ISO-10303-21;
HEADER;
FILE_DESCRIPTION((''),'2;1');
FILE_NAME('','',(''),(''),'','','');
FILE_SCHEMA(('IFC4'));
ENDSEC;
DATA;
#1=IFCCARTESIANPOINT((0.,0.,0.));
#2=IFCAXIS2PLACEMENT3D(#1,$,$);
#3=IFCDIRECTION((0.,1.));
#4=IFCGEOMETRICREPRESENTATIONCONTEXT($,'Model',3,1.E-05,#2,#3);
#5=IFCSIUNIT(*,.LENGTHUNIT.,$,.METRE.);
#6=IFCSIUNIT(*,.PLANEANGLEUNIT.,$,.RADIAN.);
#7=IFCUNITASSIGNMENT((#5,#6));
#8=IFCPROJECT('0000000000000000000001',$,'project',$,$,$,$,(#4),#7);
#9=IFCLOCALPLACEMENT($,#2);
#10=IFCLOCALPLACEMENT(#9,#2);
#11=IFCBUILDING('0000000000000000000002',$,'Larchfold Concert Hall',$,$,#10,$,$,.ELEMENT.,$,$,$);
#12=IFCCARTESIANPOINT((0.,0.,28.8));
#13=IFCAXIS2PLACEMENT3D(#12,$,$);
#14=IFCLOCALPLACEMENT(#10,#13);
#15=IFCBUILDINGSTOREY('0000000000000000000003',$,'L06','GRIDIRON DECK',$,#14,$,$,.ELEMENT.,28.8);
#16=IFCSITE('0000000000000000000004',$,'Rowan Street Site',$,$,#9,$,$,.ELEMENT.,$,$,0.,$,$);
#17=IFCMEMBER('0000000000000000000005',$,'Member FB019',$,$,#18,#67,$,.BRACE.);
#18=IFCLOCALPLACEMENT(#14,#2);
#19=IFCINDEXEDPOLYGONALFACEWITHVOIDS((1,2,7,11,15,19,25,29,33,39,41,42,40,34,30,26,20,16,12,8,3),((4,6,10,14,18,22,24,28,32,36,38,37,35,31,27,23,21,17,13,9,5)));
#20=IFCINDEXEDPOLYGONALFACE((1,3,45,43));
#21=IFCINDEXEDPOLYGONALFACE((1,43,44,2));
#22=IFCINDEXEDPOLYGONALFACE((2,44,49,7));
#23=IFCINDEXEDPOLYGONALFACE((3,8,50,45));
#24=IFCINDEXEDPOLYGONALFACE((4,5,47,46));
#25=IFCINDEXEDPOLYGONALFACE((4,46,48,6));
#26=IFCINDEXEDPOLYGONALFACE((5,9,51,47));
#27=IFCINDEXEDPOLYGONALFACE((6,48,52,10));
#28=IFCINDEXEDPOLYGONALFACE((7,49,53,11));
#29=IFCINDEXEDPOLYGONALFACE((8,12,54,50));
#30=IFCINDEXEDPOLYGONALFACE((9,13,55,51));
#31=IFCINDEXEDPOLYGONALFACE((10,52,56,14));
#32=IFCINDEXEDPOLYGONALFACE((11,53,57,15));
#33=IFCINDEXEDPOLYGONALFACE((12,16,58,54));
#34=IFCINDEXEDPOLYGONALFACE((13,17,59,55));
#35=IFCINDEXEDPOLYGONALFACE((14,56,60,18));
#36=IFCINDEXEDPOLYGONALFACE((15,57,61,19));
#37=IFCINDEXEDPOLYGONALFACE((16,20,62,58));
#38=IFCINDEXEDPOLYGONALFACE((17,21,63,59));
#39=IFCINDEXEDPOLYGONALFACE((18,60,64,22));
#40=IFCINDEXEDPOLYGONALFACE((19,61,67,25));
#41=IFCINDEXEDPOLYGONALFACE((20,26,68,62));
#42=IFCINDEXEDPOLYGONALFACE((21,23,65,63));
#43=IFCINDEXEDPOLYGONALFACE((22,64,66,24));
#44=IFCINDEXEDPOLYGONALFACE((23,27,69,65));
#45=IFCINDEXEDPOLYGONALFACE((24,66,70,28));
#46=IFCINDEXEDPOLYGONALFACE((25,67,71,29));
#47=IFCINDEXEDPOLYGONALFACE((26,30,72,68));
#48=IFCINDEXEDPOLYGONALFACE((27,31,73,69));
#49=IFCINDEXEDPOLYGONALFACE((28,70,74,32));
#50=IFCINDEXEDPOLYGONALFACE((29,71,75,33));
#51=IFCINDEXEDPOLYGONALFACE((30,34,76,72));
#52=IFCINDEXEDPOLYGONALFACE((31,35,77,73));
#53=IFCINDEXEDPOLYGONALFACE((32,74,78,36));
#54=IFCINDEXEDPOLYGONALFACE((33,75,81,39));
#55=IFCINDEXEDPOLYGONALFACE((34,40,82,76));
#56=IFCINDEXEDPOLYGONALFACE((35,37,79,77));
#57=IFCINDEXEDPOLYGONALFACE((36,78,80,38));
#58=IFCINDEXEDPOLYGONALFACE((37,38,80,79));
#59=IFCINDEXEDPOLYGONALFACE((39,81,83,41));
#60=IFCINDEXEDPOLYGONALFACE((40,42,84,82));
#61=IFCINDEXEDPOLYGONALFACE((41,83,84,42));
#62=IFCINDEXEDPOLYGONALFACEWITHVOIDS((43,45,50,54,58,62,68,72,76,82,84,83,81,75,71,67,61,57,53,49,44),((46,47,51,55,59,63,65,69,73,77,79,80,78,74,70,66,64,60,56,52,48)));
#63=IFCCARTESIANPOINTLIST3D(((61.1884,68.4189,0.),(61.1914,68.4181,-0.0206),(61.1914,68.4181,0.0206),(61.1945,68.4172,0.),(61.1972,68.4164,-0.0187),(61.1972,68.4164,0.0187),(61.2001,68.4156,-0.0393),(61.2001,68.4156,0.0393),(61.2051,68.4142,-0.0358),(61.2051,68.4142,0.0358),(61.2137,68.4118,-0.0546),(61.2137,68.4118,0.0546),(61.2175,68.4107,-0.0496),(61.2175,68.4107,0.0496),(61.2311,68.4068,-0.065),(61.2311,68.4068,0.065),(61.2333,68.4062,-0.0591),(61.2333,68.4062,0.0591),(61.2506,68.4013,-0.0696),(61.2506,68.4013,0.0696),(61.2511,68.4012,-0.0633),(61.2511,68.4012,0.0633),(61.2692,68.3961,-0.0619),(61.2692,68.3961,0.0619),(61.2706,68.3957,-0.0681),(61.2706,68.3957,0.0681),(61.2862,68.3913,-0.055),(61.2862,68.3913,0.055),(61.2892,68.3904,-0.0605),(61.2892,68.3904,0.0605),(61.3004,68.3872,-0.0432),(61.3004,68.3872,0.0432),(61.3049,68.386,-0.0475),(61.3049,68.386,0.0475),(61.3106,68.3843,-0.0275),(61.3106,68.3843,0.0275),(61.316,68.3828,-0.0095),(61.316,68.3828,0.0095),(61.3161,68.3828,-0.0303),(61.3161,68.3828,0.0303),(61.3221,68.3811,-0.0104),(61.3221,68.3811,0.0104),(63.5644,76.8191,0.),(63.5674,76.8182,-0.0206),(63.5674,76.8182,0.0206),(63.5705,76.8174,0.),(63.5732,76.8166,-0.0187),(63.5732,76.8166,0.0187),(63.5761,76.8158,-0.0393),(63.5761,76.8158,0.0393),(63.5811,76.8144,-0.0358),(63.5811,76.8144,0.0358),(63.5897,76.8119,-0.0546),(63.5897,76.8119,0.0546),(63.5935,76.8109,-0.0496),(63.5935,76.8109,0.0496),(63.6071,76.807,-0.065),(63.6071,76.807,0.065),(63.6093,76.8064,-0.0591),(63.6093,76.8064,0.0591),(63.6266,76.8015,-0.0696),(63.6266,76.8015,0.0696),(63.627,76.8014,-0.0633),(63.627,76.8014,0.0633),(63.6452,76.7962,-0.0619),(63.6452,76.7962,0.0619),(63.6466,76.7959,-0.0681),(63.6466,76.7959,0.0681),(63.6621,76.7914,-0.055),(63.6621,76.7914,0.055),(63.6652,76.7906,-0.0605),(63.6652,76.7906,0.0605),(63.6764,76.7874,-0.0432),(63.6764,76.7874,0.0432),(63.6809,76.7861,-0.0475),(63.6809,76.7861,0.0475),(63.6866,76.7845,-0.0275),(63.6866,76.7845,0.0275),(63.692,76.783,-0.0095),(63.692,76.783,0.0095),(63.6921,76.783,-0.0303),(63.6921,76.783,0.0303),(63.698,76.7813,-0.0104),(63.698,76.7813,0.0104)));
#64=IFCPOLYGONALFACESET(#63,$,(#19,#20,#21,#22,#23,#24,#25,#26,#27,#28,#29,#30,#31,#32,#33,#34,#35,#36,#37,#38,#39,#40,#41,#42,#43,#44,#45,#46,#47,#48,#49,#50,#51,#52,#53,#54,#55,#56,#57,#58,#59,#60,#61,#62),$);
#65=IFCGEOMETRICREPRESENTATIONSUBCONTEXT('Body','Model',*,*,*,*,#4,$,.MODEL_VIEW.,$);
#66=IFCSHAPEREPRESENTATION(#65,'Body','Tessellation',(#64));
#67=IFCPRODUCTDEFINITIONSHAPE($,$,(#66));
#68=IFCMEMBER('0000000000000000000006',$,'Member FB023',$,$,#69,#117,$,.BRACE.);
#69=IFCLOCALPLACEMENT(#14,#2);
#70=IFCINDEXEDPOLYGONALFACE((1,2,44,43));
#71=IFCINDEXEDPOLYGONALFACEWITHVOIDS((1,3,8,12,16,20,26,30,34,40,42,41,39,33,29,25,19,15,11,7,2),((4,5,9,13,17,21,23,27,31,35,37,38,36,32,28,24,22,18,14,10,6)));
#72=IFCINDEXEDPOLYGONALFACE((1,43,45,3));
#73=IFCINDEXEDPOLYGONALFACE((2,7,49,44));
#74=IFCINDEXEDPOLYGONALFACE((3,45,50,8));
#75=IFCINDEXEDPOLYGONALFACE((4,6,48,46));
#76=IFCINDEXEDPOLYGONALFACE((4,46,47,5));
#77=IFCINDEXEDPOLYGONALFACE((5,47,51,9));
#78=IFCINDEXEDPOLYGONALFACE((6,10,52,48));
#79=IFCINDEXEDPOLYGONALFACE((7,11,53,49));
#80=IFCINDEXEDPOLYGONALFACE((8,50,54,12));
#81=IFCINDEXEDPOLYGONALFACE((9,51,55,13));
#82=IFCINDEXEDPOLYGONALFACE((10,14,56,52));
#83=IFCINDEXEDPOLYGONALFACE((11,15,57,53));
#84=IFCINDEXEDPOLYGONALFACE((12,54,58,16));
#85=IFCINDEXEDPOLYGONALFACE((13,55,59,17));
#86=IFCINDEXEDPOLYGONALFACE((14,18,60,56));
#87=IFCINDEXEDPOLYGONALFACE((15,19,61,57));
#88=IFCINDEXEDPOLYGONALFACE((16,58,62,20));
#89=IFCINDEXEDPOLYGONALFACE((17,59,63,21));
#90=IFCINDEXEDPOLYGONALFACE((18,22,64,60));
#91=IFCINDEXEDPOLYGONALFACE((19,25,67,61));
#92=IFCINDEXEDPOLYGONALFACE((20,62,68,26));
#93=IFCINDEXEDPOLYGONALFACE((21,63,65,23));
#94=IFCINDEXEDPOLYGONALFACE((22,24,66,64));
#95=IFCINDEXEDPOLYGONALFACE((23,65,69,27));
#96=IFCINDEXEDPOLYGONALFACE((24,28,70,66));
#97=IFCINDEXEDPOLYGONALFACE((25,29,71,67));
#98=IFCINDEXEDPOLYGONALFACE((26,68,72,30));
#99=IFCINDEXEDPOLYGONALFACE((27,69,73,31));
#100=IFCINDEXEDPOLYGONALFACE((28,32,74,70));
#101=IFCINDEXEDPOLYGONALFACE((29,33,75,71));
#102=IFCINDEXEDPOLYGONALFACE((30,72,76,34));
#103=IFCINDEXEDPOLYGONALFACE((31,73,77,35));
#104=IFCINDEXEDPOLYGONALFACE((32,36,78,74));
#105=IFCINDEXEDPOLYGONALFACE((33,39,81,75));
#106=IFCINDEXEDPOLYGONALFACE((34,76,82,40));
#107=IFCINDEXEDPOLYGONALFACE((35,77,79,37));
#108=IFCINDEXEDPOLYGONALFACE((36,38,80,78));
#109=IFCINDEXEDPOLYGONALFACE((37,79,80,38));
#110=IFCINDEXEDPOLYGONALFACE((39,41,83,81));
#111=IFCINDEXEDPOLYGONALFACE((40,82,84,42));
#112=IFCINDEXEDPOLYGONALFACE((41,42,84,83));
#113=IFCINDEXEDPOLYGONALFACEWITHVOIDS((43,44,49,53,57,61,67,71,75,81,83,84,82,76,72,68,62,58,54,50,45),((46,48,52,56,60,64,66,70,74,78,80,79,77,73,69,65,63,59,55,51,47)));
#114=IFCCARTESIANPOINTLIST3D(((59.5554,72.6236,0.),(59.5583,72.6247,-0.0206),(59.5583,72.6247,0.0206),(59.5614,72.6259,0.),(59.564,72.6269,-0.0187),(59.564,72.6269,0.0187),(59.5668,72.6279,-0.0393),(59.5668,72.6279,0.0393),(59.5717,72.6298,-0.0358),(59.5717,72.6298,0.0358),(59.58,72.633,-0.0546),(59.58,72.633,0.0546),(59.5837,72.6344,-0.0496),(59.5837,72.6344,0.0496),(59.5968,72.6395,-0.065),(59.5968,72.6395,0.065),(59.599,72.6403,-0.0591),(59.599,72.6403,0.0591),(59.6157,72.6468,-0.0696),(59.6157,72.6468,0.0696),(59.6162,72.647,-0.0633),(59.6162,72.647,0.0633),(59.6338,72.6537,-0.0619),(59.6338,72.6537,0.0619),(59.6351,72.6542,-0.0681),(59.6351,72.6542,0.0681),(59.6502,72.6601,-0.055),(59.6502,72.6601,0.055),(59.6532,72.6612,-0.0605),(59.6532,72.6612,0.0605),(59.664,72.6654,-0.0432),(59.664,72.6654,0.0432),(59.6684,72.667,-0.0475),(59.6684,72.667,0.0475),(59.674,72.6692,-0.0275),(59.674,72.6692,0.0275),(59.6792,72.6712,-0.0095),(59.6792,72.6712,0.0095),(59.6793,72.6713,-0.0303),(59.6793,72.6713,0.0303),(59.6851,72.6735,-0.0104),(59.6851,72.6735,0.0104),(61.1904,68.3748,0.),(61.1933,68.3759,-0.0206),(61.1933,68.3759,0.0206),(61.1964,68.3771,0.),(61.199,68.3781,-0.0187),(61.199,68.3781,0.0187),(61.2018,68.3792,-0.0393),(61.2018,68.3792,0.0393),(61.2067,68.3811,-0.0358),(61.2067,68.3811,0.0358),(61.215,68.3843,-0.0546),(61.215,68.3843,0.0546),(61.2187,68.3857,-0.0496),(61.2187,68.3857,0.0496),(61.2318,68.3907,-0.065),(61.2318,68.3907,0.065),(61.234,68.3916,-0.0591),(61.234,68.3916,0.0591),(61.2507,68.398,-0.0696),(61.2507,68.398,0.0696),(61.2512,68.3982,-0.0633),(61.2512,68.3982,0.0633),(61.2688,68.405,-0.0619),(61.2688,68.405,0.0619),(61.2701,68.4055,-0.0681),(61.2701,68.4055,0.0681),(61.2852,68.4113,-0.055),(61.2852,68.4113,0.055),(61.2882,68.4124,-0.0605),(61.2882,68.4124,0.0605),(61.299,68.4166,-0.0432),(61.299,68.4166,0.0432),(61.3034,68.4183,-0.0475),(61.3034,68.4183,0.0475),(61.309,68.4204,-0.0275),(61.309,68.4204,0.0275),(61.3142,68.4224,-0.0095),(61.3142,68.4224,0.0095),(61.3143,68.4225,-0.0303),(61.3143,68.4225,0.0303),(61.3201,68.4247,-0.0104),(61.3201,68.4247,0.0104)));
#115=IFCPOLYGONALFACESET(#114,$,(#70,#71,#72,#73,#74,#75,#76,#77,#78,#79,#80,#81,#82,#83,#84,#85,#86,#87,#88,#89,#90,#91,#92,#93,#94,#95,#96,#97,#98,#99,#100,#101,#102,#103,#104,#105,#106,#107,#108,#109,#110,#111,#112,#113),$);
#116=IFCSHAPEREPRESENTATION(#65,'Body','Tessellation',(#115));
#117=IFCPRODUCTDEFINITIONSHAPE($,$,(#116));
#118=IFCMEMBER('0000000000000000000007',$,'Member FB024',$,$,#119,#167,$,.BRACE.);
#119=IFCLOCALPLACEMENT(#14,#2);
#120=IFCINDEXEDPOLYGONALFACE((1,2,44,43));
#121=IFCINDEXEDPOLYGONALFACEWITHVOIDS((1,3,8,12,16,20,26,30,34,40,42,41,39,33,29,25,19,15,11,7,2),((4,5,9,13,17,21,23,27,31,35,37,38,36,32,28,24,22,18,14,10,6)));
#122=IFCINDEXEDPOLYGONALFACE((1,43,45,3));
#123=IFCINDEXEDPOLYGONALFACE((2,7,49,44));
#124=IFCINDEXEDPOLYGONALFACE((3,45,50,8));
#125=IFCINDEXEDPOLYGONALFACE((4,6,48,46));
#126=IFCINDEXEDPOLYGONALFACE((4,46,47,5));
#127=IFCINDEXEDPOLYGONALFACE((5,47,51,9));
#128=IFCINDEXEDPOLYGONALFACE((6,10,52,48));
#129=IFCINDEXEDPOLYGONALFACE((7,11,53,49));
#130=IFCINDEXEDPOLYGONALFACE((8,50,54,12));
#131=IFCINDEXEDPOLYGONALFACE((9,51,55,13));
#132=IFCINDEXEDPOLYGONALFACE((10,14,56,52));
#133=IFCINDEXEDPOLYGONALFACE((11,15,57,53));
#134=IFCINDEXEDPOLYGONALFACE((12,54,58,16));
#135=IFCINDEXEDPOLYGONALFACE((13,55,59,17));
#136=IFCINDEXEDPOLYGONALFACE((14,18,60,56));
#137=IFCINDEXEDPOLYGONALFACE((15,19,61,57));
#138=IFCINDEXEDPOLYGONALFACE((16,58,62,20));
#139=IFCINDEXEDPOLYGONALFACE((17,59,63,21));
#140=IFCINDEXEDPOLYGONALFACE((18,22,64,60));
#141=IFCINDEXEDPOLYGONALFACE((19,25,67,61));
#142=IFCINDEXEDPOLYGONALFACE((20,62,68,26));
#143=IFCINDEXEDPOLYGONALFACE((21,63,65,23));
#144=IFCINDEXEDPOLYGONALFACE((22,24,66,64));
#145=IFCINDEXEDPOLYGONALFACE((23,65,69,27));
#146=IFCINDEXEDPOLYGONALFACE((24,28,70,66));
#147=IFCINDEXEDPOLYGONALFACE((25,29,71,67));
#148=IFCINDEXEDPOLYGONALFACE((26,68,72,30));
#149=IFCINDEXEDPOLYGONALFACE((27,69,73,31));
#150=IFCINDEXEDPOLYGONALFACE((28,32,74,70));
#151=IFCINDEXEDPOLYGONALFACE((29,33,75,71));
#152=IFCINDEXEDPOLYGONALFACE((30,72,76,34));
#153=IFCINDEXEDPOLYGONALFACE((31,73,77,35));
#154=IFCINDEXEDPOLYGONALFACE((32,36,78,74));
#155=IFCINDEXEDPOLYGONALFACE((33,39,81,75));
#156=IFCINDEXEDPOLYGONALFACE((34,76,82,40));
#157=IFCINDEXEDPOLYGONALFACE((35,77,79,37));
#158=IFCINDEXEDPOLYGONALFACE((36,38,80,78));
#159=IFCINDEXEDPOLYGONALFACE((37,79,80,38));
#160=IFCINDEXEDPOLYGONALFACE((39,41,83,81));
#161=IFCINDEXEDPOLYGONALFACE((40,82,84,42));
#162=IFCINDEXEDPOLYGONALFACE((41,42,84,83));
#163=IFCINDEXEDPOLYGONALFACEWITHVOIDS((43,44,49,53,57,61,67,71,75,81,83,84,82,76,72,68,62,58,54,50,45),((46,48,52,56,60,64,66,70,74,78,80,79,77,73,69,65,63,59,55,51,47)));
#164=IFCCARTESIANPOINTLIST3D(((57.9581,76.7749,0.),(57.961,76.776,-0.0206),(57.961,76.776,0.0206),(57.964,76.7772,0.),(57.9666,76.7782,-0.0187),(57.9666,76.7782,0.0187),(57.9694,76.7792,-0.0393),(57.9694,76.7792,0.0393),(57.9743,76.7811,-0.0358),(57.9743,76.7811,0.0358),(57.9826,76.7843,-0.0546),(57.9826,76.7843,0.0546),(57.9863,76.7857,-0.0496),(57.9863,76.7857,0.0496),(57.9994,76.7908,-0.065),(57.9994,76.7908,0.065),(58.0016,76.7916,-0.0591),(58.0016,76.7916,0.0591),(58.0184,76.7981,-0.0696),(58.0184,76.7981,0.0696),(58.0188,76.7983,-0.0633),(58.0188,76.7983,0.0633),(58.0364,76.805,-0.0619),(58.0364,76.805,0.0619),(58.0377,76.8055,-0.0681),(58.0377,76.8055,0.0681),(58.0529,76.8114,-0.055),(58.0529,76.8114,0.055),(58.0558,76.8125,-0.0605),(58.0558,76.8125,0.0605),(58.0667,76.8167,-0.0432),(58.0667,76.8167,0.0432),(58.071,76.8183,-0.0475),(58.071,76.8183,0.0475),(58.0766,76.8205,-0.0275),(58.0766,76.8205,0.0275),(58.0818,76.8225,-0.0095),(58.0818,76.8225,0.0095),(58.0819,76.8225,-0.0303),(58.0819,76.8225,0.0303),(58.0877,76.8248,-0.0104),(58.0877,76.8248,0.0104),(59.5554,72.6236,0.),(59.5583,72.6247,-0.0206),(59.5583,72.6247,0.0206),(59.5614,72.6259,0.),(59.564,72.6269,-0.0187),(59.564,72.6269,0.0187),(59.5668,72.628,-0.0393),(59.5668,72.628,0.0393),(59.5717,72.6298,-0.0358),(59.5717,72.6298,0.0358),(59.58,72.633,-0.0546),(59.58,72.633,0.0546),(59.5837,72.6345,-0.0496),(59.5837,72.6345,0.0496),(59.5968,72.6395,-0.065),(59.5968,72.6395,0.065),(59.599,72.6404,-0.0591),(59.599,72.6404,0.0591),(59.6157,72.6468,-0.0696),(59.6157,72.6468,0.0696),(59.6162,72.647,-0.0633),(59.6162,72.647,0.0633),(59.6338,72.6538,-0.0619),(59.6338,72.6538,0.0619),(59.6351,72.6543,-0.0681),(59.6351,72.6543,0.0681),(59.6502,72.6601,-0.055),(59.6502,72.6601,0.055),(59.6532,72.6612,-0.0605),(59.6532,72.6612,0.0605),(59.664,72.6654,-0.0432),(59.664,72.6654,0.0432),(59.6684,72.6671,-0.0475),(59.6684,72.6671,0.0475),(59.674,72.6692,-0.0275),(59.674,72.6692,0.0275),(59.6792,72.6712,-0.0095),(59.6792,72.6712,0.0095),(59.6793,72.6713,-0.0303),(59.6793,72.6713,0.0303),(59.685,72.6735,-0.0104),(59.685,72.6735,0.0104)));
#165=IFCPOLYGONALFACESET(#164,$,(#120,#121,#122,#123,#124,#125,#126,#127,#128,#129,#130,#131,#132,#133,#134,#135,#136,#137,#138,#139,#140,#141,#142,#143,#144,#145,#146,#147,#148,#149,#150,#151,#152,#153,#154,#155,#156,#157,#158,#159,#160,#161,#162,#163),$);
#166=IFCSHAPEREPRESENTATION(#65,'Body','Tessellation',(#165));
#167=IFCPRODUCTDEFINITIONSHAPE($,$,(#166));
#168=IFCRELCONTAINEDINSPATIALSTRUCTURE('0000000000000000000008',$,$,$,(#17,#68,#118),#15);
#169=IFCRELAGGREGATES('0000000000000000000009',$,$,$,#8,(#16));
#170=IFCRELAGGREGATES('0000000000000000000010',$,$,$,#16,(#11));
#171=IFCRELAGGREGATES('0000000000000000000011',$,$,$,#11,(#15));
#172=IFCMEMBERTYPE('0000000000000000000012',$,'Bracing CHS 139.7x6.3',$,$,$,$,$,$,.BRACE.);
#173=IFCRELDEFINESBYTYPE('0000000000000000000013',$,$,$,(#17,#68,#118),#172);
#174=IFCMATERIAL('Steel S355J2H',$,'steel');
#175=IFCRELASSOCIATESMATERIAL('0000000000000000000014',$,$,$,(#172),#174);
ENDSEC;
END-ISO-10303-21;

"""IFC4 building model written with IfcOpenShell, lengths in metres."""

from ifc_helpers import new_model, si_unit, direction, frame, origin, origin_2d, place, context, subcontext, project, spatial, hollow_circle, extrude, material, material_profile, profile_set, type_object, element, save


model = new_model("IFC4")

# Units and contexts
model_context = context("Model", 3, precision=1e-05, world=origin(), true_north=direction((0.0, 1.0)))
body_context = subcontext(model_context, "Body", "Model", "MODEL_VIEW")
ifc_project = project(units=[si_unit("LENGTHUNIT", "METRE"), si_unit("PLANEANGLEUNIT", "RADIAN")], contexts=[model_context])

# Site, building, storey
site_placement = place(None, origin())
site = spatial("IfcSite", under=ifc_project, at=site_placement, Name="Rowan Street Site", CompositionType="ELEMENT", RefElevation=0.0)
building_placement = place(site_placement, origin())
building = spatial("IfcBuilding", under=site, at=building_placement, Name="Larchfold Concert Hall", CompositionType="ELEMENT")
storey_placement = place(building_placement, frame((0.0, 0.0, 28.8)))
storey = spatial("IfcBuildingStorey", under=building, at=storey_placement, Name="L06", Description="GRIDIRON DECK", CompositionType="ELEMENT", Elevation=28.8)

# Members
ifc_material_1 = material(Name="Steel S355J2H", Category="steel")
ifc_material_profile_1 = material_profile(ifc_material_1, hollow_circle(Radius=0.0698, WallThickness=0.0063, at=origin_2d()))
ifc_profile_set_1 = profile_set([ifc_material_profile_1], Name="Steel S355J2H")
member_type_1 = type_object("IfcMemberType", Name="Bracing CHS 139.7x6.3", PredefinedType="BRACE", material=ifc_profile_set_1)
member_1_placement = place(storey_placement, frame((61.2556, 68.3999, 0.0), z_axis=(0.272172, 0.962249, 0.0), x_axis=(-0.962249, 0.272172, 0.0)))
element("IfcMember", 1, at=member_1_placement, inside=storey, type_object=member_type_1, Name="Member FB019", PredefinedType="BRACE", context=body_context, shape_type="SweptSolid", body=[
    extrude(hollow_circle(Radius=0.0698, WallThickness=0.0063, at=origin_2d()), origin(), (0.0, 0.0, 1.0), 8.7297),
])
member_2_placement = place(storey_placement, frame((61.2556, 68.3999, 0.0), z_axis=(-0.359144, 0.933282, 0.0), x_axis=(-0.933282, -0.359144, 0.0)))
element("IfcMember", 2, at=member_2_placement, inside=storey, type_object=member_type_1, Name="Member FB023", PredefinedType="BRACE", context=body_context, shape_type="SweptSolid", body=[
    extrude(hollow_circle(Radius=0.0698, WallThickness=0.0063, at=origin_2d()), origin(), (0.0, 0.0, 1.0), 4.5525),
])
member_3_placement = place(storey_placement, frame((59.6206, 72.6487, 0.0), z_axis=(-0.359123, 0.93329, 0.0), x_axis=(-0.93329, -0.359123, 0.0)))
element("IfcMember", 3, at=member_3_placement, inside=storey, type_object=member_type_1, Name="Member FB024", PredefinedType="BRACE", context=body_context, shape_type="SweptSolid", body=[
    extrude(hollow_circle(Radius=0.0698, WallThickness=0.0063, at=origin_2d()), origin(), (0.0, 0.0, 1.0), 4.448),
])

save(model, "model.ifc")
